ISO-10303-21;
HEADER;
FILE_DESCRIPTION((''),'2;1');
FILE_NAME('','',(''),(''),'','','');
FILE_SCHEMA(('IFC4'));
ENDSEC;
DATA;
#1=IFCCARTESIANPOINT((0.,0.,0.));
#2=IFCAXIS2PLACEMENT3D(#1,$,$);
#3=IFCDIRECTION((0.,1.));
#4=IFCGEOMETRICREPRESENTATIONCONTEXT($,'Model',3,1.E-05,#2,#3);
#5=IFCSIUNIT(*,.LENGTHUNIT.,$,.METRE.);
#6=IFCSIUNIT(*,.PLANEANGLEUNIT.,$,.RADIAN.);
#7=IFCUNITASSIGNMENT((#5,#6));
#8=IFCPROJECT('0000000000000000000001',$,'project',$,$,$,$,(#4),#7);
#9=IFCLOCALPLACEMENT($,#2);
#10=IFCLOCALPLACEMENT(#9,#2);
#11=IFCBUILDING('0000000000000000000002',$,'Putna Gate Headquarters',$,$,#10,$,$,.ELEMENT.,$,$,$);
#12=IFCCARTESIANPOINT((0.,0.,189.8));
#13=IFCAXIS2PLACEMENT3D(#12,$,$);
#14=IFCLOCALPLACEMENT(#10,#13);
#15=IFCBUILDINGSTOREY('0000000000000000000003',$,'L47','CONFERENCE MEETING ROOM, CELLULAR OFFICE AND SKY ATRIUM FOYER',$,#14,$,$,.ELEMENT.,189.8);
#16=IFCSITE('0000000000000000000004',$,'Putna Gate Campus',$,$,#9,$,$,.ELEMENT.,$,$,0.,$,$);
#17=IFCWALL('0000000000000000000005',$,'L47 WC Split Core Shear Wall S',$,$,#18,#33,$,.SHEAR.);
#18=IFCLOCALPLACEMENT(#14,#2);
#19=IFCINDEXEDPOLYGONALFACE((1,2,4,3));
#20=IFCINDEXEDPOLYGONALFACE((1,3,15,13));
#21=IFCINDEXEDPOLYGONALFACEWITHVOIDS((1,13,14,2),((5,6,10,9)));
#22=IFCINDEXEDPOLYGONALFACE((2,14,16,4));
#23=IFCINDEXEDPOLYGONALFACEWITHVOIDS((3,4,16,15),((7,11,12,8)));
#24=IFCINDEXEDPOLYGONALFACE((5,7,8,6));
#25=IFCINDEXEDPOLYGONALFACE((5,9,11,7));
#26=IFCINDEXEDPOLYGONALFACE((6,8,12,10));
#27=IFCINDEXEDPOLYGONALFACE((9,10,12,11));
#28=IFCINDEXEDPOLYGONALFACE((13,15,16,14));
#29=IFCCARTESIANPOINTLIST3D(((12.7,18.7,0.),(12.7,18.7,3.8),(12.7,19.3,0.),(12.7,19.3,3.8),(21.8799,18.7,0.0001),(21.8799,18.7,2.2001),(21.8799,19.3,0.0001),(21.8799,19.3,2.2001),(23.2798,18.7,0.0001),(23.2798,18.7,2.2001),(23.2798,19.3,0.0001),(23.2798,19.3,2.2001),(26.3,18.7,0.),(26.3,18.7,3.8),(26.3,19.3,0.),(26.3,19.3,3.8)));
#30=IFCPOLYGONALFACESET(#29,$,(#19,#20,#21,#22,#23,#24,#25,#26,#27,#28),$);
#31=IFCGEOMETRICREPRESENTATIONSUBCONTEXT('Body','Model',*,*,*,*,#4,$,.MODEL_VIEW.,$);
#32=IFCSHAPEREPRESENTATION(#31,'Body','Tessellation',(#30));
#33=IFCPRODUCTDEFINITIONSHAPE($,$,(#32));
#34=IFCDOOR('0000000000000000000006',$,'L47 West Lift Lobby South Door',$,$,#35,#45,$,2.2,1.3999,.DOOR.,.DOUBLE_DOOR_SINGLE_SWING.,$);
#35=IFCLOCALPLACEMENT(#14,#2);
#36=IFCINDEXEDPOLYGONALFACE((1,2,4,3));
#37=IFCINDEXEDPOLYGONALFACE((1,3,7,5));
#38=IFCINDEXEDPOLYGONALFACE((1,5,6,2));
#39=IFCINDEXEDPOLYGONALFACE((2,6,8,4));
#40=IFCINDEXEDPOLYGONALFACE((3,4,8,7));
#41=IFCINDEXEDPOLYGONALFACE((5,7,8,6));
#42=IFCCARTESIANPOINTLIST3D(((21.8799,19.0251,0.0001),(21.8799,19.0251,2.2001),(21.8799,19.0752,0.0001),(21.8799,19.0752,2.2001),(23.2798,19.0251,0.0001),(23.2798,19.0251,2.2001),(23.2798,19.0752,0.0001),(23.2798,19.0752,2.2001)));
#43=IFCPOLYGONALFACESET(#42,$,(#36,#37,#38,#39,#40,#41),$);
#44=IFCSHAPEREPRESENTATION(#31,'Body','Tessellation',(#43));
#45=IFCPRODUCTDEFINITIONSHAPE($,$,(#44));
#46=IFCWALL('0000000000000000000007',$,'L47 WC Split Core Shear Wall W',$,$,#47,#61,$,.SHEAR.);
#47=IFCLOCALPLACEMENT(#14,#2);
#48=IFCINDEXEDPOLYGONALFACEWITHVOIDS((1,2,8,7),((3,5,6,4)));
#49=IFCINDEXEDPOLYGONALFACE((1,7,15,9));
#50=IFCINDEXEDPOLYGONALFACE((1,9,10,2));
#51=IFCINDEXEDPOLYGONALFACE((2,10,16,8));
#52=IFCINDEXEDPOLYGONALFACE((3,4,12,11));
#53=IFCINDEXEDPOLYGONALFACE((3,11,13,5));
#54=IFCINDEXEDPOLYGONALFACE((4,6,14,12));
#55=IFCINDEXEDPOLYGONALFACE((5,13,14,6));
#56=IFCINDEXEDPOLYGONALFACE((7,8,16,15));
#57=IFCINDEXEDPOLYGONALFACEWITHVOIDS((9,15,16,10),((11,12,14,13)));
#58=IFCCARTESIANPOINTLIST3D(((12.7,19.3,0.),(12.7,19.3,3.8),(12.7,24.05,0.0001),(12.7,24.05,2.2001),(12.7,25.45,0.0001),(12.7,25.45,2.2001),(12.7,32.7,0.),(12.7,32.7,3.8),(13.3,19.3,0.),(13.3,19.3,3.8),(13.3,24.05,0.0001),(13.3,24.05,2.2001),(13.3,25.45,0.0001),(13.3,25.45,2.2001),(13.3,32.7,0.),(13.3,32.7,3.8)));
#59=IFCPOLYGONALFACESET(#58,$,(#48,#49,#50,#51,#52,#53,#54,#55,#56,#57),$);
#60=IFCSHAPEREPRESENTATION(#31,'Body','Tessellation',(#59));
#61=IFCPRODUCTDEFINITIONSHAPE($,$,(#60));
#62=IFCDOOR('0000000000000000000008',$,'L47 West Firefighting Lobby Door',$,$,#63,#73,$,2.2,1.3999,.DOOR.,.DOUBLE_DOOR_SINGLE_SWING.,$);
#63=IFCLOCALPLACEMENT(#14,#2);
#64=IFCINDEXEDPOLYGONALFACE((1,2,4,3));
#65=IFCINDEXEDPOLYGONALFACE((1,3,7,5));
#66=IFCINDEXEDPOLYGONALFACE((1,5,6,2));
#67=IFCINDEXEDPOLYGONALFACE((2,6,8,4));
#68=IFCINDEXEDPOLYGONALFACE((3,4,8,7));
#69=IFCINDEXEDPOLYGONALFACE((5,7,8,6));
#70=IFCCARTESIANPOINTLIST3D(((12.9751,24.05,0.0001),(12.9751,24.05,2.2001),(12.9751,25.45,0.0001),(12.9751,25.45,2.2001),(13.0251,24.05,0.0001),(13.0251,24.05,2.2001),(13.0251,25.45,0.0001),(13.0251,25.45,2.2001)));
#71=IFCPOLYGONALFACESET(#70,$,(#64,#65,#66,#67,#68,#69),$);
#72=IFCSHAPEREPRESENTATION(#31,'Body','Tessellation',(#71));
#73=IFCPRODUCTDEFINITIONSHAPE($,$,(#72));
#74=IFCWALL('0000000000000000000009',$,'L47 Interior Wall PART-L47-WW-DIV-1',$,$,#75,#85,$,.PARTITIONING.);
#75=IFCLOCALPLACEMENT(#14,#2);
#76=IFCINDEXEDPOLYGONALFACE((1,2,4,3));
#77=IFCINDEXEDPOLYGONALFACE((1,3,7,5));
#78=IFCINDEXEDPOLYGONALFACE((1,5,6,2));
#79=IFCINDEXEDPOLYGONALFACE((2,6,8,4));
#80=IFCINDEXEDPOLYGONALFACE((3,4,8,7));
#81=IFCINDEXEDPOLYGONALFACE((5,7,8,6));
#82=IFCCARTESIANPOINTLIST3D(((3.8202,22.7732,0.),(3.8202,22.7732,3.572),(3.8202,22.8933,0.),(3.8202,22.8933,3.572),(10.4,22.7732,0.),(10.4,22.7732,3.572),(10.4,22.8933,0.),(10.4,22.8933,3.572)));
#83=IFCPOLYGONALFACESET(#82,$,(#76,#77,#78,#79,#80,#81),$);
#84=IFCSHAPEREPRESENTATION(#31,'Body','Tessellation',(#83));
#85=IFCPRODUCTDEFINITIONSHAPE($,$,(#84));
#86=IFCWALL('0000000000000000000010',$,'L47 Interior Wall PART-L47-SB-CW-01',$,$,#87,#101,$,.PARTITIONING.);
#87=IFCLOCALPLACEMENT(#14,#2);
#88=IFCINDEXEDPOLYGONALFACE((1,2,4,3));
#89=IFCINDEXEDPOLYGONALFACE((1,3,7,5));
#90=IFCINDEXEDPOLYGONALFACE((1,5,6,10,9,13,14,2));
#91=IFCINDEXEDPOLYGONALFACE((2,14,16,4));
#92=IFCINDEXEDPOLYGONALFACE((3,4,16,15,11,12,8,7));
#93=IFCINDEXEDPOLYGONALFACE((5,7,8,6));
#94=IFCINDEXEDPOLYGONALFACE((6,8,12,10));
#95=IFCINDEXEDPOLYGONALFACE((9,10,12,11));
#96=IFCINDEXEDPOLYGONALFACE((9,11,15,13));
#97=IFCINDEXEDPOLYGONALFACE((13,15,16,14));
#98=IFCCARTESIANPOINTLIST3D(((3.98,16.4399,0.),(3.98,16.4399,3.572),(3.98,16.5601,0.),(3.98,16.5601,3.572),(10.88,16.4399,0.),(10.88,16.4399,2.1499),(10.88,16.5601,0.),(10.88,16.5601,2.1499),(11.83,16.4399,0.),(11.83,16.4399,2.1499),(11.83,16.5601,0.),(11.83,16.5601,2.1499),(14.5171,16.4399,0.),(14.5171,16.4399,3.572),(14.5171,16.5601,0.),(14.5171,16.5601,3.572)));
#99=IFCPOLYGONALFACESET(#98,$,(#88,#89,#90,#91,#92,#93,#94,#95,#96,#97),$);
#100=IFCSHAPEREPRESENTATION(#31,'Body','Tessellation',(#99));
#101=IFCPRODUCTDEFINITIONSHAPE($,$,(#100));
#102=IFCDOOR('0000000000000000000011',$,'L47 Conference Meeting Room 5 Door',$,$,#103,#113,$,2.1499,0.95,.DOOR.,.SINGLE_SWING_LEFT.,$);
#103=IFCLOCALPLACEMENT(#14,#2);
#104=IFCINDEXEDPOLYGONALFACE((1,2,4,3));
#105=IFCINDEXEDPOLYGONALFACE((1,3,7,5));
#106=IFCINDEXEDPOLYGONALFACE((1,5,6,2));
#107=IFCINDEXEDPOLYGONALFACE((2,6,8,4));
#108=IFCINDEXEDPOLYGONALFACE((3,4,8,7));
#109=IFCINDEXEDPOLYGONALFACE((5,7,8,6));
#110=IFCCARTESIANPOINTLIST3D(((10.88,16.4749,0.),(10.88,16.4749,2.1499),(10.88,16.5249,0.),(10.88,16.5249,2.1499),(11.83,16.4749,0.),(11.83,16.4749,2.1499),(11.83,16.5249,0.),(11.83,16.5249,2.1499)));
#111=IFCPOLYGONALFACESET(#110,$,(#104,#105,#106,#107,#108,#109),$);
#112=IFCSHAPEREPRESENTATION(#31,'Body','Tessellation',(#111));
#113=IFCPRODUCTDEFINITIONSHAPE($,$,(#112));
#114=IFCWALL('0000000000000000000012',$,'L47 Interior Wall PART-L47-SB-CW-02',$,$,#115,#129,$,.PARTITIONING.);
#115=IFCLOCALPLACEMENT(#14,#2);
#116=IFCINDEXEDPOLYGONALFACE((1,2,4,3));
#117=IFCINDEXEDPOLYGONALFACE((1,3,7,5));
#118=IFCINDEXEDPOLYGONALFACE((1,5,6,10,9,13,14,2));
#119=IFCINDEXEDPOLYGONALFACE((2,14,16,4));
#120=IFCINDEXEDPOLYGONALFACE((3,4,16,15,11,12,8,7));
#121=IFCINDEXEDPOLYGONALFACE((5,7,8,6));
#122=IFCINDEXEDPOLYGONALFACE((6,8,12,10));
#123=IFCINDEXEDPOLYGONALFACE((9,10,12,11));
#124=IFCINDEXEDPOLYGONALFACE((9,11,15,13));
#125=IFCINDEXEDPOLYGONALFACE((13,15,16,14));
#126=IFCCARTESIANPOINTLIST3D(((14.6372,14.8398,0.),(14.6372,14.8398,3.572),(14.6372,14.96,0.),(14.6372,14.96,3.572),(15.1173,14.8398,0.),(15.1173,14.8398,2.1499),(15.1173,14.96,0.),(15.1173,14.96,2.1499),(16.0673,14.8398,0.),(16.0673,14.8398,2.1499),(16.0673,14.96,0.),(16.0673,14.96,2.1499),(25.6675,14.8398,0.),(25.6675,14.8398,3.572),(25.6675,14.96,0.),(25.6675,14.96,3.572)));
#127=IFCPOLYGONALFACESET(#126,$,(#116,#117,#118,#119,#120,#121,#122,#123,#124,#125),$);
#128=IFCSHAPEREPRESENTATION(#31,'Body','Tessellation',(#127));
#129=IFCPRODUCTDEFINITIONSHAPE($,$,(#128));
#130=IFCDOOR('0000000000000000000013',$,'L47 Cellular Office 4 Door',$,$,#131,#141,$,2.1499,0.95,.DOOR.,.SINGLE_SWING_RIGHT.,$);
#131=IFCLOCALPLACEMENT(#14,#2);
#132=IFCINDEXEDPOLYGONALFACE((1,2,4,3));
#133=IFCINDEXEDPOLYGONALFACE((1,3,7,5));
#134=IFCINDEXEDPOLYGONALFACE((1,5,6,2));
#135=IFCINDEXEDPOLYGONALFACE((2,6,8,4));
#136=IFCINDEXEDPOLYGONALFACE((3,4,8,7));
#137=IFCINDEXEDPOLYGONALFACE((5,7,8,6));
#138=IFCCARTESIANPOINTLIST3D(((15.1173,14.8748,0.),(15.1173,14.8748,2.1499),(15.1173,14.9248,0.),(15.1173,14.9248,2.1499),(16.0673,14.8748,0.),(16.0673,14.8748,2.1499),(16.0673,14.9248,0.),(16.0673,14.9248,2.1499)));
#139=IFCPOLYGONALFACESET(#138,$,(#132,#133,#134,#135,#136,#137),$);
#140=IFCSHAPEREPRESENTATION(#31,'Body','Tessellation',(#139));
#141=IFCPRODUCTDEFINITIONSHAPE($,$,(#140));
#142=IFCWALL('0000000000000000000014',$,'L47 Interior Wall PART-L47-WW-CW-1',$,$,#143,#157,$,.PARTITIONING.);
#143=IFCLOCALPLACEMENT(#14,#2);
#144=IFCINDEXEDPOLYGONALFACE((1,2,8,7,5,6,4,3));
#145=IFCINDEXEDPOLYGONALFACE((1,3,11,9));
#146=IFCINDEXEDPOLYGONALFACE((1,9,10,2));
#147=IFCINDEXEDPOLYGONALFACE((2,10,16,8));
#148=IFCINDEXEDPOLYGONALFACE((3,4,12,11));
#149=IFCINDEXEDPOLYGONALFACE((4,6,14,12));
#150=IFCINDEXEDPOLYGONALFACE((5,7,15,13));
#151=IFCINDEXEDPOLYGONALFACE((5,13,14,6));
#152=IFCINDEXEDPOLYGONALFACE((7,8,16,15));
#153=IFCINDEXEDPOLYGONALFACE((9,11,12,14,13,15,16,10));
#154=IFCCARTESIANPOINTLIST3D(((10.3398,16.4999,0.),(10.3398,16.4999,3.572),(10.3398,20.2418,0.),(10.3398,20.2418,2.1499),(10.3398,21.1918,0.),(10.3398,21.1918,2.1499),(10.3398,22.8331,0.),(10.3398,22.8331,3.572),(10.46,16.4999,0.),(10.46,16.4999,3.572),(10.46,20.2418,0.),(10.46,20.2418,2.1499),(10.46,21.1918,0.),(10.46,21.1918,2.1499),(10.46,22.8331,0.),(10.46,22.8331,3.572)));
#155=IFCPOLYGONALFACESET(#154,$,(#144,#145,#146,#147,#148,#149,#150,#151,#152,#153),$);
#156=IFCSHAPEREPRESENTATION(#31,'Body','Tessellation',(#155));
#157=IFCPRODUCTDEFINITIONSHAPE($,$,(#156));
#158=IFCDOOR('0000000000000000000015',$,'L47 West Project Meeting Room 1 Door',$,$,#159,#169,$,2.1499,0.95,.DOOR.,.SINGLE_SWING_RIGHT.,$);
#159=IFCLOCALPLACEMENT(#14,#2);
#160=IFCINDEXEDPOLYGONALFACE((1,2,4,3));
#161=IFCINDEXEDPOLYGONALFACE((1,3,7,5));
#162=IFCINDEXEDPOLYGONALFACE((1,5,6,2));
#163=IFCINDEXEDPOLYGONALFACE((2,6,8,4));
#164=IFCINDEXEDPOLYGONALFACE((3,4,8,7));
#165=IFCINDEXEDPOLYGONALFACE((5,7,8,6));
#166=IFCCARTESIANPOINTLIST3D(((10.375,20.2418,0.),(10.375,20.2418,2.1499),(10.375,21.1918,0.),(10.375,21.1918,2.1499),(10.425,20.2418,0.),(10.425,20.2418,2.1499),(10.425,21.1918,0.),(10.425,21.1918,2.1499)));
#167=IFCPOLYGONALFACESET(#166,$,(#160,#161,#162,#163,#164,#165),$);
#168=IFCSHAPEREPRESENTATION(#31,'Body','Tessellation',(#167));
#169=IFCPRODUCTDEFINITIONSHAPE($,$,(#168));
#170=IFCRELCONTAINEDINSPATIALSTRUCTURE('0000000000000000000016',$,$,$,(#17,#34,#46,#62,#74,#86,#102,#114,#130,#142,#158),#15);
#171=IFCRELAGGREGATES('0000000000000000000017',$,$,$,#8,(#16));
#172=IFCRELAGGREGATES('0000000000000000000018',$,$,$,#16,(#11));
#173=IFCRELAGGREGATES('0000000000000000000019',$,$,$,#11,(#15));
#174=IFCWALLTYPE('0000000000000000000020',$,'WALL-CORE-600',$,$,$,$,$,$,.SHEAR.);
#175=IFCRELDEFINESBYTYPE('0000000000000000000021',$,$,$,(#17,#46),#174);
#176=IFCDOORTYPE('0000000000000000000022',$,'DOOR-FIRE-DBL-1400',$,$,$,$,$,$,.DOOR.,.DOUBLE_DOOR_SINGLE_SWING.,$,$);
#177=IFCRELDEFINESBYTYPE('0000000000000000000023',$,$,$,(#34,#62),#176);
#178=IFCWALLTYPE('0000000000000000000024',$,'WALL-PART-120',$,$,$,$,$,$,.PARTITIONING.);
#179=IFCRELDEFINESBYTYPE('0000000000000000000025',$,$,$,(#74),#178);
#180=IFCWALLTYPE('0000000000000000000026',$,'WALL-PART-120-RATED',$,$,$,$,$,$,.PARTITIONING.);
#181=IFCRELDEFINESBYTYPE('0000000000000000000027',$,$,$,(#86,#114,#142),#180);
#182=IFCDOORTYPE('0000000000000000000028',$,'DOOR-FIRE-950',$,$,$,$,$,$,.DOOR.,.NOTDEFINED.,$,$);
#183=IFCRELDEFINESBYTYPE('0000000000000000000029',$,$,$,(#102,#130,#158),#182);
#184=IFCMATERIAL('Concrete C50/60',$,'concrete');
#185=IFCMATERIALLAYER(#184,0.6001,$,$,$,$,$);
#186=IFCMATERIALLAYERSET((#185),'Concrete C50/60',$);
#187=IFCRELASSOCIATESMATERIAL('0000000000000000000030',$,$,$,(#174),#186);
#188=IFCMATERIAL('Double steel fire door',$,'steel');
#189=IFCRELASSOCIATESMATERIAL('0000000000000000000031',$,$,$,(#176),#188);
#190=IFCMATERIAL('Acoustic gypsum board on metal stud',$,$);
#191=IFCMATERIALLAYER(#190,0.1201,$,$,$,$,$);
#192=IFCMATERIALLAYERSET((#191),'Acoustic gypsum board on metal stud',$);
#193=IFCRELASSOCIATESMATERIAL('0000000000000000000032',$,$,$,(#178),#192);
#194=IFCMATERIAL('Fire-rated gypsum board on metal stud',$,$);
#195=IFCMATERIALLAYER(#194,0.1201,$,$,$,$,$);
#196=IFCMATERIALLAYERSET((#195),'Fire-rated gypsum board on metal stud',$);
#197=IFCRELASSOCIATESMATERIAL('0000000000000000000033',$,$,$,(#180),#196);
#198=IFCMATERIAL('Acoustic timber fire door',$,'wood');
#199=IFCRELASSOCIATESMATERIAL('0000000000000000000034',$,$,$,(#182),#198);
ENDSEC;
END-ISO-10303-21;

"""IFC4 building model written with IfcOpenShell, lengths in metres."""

from ifc_helpers import new_model, si_unit, direction, frame, frame_2d, origin, place, context, subcontext, project, spatial, rectangle, extrude, material, layer, layer_set, type_object, element, fill, save


model = new_model("IFC4")

# Units and contexts
model_context = context("Model", 3, precision=1e-05, world=origin(), true_north=direction((0.0, 1.0)))
body_context = subcontext(model_context, "Body", "Model", "MODEL_VIEW")
ifc_project = project(units=[si_unit("LENGTHUNIT", "METRE"), si_unit("PLANEANGLEUNIT", "RADIAN")], contexts=[model_context])

# Site, building, storey
site_placement = place(None, origin())
site = spatial("IfcSite", under=ifc_project, at=site_placement, Name="Putna Gate Campus", CompositionType="ELEMENT", RefElevation=0.0)
building_placement = place(site_placement, origin())
building = spatial("IfcBuilding", under=site, at=building_placement, Name="Putna Gate Headquarters", CompositionType="ELEMENT")
storey_placement = place(building_placement, frame((0.0, 0.0, 189.8)))
storey = spatial("IfcBuildingStorey", under=building, at=storey_placement, Name="L47", Description="CONFERENCE MEETING ROOM, CELLULAR OFFICE AND SKY ATRIUM FOYER", CompositionType="ELEMENT", Elevation=189.8)

# Shared definitions
ifc_material_1 = material(Name="Concrete C50/60", Category="concrete")

# Walls, openings, doors
ifc_layer_1 = layer(ifc_material_1, 0.6001)
ifc_layer_set_1 = layer_set([ifc_layer_1], Name="Concrete C50/60")
wall_type_1 = type_object("IfcWallType", Name="WALL-CORE-600", PredefinedType="SHEAR", material=ifc_layer_set_1)
wall_1_placement = place(storey_placement, frame((12.7, 19.0, 0.0), z_axis=(0.0, 0.0, 1.0), x_axis=(1.0, 0.0, 0.0)))
wall_1 = element("IfcWall", 1, at=wall_1_placement, inside=storey, type_object=wall_type_1, Name="L47 WC Split Core Shear Wall S", PredefinedType="SHEAR", context=body_context, shape_type="SweptSolid", body=[
    extrude(rectangle(XDim=13.6001, YDim=0.6001, at=frame_2d((6.8, 0.0))), origin(), (0.0, 0.0, 1.0), 3.8),
])
opening_1_placement = place(wall_1_placement, frame((9.1799, 0.0, 0.0)))
opening_1 = element("IfcOpeningElement", 2, at=opening_1_placement, cuts=wall_1, PredefinedType="OPENING", context=body_context, shape_type="SweptSolid", body=[
    extrude(rectangle(XDim=1.3999, YDim=2.2, at=frame_2d((0.7, 1.1001))), frame((0.0, 0.3101, 0.0), z_axis=(0.0, -1.0, 0.0), x_axis=(1.0, 0.0, 0.0)), (0.0, 0.0, 1.0), 0.6201),
])
ifc_material_2 = material(Name="Double steel fire door", Category="steel")
door_type_1 = type_object("IfcDoorType", Name="DOOR-FIRE-DBL-1400", OperationType="DOUBLE_DOOR_SINGLE_SWING", PredefinedType="DOOR", material=ifc_material_2)
door_1_placement = place(opening_1_placement, origin())
door_1 = element("IfcDoor", 3, at=door_1_placement, inside=storey, type_object=door_type_1, Name="L47 West Lift Lobby South Door", OperationType="DOUBLE_DOOR_SINGLE_SWING", OverallHeight=2.2, OverallWidth=1.3999, PredefinedType="DOOR", context=body_context, shape_type="SweptSolid", body=[
    extrude(rectangle(XDim=1.3999, YDim=2.2, at=frame_2d((0.7, 1.1001))), frame((0.0, 0.0752, 0.0), z_axis=(0.0, -1.0, 0.0), x_axis=(1.0, 0.0, 0.0)), (0.0, 0.0, 1.0), 0.05),
])
fill(opening_1, door_1)
wall_2_placement = place(storey_placement, frame((13.0, 19.3, 0.0), z_axis=(0.0, 0.0, 1.0), x_axis=(0.0, 1.0, 0.0)))
wall_2 = element("IfcWall", 4, at=wall_2_placement, inside=storey, type_object=wall_type_1, Name="L47 WC Split Core Shear Wall W", PredefinedType="SHEAR", context=body_context, shape_type="SweptSolid", body=[
    extrude(rectangle(XDim=13.3999, YDim=0.6001, at=frame_2d((6.7, 0.0))), origin(), (0.0, 0.0, 1.0), 3.8),
])
opening_2_placement = place(wall_2_placement, frame((4.75, 0.0, 0.0)))
opening_2 = element("IfcOpeningElement", 5, at=opening_2_placement, cuts=wall_2, PredefinedType="OPENING", context=body_context, shape_type="SweptSolid", body=[
    extrude(rectangle(XDim=1.3999, YDim=2.2, at=frame_2d((0.7, 1.1001))), frame((0.0, 0.3101, 0.0), z_axis=(0.0, -1.0, 0.0), x_axis=(1.0, 0.0, 0.0)), (0.0, 0.0, 1.0), 0.6201),
])
door_2_placement = place(opening_2_placement, origin())
door_2 = element("IfcDoor", 6, at=door_2_placement, inside=storey, type_object=door_type_1, Name="L47 West Firefighting Lobby Door", OperationType="DOUBLE_DOOR_SINGLE_SWING", OverallHeight=2.2, OverallWidth=1.3999, PredefinedType="DOOR", context=body_context, shape_type="SweptSolid", body=[
    extrude(rectangle(XDim=1.3999, YDim=2.2, at=frame_2d((0.7, 1.1001))), frame((0.0, 0.0249, 0.0), z_axis=(0.0, -1.0, 0.0), x_axis=(1.0, 0.0, 0.0)), (0.0, 0.0, 1.0), 0.05),
])
fill(opening_2, door_2)

# Wall
ifc_material_3 = material(Name="Acoustic gypsum board on metal stud")
ifc_layer_2 = layer(ifc_material_3, 0.1201)
ifc_layer_set_2 = layer_set([ifc_layer_2], Name="Acoustic gypsum board on metal stud")
wall_type_2 = type_object("IfcWallType", Name="WALL-PART-120", PredefinedType="PARTITIONING", material=ifc_layer_set_2)
wall_3_placement = place(storey_placement, frame((3.8201, 22.8333, 0.0), z_axis=(0.0, 0.0, 1.0), x_axis=(1.0, 0.0, 0.0)))
element("IfcWall", 7, at=wall_3_placement, inside=storey, type_object=wall_type_2, Name="L47 Interior Wall PART-L47-WW-DIV-1", PredefinedType="PARTITIONING", context=body_context, shape_type="SweptSolid", body=[
    extrude(rectangle(XDim=6.5798, YDim=0.1201, at=frame_2d((3.29, 0.0))), origin(), (0.0, 0.0, 1.0), 3.572),
])

# Walls, openings, doors
ifc_material_4 = material(Name="Fire-rated gypsum board on metal stud")
ifc_layer_3 = layer(ifc_material_4, 0.1201)
ifc_layer_set_3 = layer_set([ifc_layer_3], Name="Fire-rated gypsum board on metal stud")
wall_type_3 = type_object("IfcWallType", Name="WALL-PART-120-RATED", PredefinedType="PARTITIONING", material=ifc_layer_set_3)
wall_4_placement = place(storey_placement, frame((3.98, 16.5, 0.0), z_axis=(0.0, 0.0, 1.0), x_axis=(1.0, 0.0, 0.0)))
wall_4 = element("IfcWall", 8, at=wall_4_placement, inside=storey, type_object=wall_type_3, Name="L47 Interior Wall PART-L47-SB-CW-01", PredefinedType="PARTITIONING", context=body_context, shape_type="SweptSolid", body=[
    extrude(rectangle(XDim=10.5371, YDim=0.1201, at=frame_2d((5.2686, 0.0))), origin(), (0.0, 0.0, 1.0), 3.572),
])
opening_3_placement = place(wall_4_placement, frame((6.8999, 0.0, 0.0)))
opening_3 = element("IfcOpeningElement", 9, at=opening_3_placement, cuts=wall_4, PredefinedType="OPENING", context=body_context, shape_type="SweptSolid", body=[
    extrude(rectangle(XDim=0.95, YDim=2.1499, at=frame_2d((0.4751, 1.075))), frame((0.0, 0.0701, 0.0), z_axis=(0.0, -1.0, 0.0), x_axis=(1.0, 0.0, 0.0)), (0.0, 0.0, 1.0), 0.1401),
])
ifc_material_5 = material(Name="Acoustic timber fire door", Category="wood")
door_type_2 = type_object("IfcDoorType", Name="DOOR-FIRE-950", OperationType="NOTDEFINED", PredefinedType="DOOR", material=ifc_material_5)
door_3_placement = place(opening_3_placement, origin())
door_3 = element("IfcDoor", 10, at=door_3_placement, inside=storey, type_object=door_type_2, Name="L47 Conference Meeting Room 5 Door", OperationType="SINGLE_SWING_LEFT", OverallHeight=2.1499, OverallWidth=0.95, PredefinedType="DOOR", context=body_context, shape_type="SweptSolid", body=[
    extrude(rectangle(XDim=0.95, YDim=2.1499, at=frame_2d((0.4751, 1.075))), frame((0.0, 0.0249, 0.0), z_axis=(0.0, -1.0, 0.0), x_axis=(1.0, 0.0, 0.0)), (0.0, 0.0, 1.0), 0.05),
])
fill(opening_3, door_3)
wall_5_placement = place(storey_placement, frame((14.6372, 14.8999, 0.0), z_axis=(0.0, 0.0, 1.0), x_axis=(1.0, 0.0, 0.0)))
wall_5 = element("IfcWall", 11, at=wall_5_placement, inside=storey, type_object=wall_type_3, Name="L47 Interior Wall PART-L47-SB-CW-02", PredefinedType="PARTITIONING", context=body_context, shape_type="SweptSolid", body=[
    extrude(rectangle(XDim=11.0303, YDim=0.1201, at=frame_2d((5.5151, 0.0))), origin(), (0.0, 0.0, 1.0), 3.572),
])
opening_4_placement = place(wall_5_placement, frame((0.48, 0.0, 0.0)))
opening_4 = element("IfcOpeningElement", 12, at=opening_4_placement, cuts=wall_5, PredefinedType="OPENING", context=body_context, shape_type="SweptSolid", body=[
    extrude(rectangle(XDim=0.95, YDim=2.1499, at=frame_2d((0.4751, 1.075))), frame((0.0, 0.0701, 0.0), z_axis=(0.0, -1.0, 0.0), x_axis=(1.0, 0.0, 0.0)), (0.0, 0.0, 1.0), 0.1401),
])
door_4_placement = place(opening_4_placement, origin())
door_4 = element("IfcDoor", 13, at=door_4_placement, inside=storey, type_object=door_type_2, Name="L47 Cellular Office 4 Door", OperationType="SINGLE_SWING_RIGHT", OverallHeight=2.1499, OverallWidth=0.95, PredefinedType="DOOR", context=body_context, shape_type="SweptSolid", body=[
    extrude(rectangle(XDim=0.95, YDim=2.1499, at=frame_2d((0.4751, 1.075))), frame((0.0, 0.0249, 0.0), z_axis=(0.0, -1.0, 0.0), x_axis=(1.0, 0.0, 0.0)), (0.0, 0.0, 1.0), 0.05),
])
fill(opening_4, door_4)
wall_6_placement = place(storey_placement, frame((10.3999, 16.5, 0.0), z_axis=(0.0, 0.0, 1.0), x_axis=(0.0, 1.0, 0.0)))
wall_6 = element("IfcWall", 14, at=wall_6_placement, inside=storey, type_object=wall_type_3, Name="L47 Interior Wall PART-L47-WW-CW-1", PredefinedType="PARTITIONING", context=body_context, shape_type="SweptSolid", body=[
    extrude(rectangle(XDim=6.3333, YDim=0.1201, at=frame_2d((3.1665, 0.0))), origin(), (0.0, 0.0, 1.0), 3.572),
])
opening_5_placement = place(wall_6_placement, frame((3.7417, 0.0, 0.0)))
opening_5 = element("IfcOpeningElement", 15, at=opening_5_placement, cuts=wall_6, PredefinedType="OPENING", context=body_context, shape_type="SweptSolid", body=[
    extrude(rectangle(XDim=0.95, YDim=2.1499, at=frame_2d((0.4751, 1.075))), frame((0.0, 0.0701, 0.0), z_axis=(0.0, -1.0, 0.0), x_axis=(1.0, 0.0, 0.0)), (0.0, 0.0, 1.0), 0.1401),
])
door_5_placement = place(opening_5_placement, origin())
door_5 = element("IfcDoor", 16, at=door_5_placement, inside=storey, type_object=door_type_2, Name="L47 West Project Meeting Room 1 Door", OperationType="SINGLE_SWING_RIGHT", OverallHeight=2.1499, OverallWidth=0.95, PredefinedType="DOOR", context=body_context, shape_type="SweptSolid", body=[
    extrude(rectangle(XDim=0.95, YDim=2.1499, at=frame_2d((0.4751, 1.075))), frame((0.0, 0.0249, 0.0), z_axis=(0.0, -1.0, 0.0), x_axis=(1.0, 0.0, 0.0)), (0.0, 0.0, 1.0), 0.05),
])
fill(opening_5, door_5)

save(model, "model.ifc")
